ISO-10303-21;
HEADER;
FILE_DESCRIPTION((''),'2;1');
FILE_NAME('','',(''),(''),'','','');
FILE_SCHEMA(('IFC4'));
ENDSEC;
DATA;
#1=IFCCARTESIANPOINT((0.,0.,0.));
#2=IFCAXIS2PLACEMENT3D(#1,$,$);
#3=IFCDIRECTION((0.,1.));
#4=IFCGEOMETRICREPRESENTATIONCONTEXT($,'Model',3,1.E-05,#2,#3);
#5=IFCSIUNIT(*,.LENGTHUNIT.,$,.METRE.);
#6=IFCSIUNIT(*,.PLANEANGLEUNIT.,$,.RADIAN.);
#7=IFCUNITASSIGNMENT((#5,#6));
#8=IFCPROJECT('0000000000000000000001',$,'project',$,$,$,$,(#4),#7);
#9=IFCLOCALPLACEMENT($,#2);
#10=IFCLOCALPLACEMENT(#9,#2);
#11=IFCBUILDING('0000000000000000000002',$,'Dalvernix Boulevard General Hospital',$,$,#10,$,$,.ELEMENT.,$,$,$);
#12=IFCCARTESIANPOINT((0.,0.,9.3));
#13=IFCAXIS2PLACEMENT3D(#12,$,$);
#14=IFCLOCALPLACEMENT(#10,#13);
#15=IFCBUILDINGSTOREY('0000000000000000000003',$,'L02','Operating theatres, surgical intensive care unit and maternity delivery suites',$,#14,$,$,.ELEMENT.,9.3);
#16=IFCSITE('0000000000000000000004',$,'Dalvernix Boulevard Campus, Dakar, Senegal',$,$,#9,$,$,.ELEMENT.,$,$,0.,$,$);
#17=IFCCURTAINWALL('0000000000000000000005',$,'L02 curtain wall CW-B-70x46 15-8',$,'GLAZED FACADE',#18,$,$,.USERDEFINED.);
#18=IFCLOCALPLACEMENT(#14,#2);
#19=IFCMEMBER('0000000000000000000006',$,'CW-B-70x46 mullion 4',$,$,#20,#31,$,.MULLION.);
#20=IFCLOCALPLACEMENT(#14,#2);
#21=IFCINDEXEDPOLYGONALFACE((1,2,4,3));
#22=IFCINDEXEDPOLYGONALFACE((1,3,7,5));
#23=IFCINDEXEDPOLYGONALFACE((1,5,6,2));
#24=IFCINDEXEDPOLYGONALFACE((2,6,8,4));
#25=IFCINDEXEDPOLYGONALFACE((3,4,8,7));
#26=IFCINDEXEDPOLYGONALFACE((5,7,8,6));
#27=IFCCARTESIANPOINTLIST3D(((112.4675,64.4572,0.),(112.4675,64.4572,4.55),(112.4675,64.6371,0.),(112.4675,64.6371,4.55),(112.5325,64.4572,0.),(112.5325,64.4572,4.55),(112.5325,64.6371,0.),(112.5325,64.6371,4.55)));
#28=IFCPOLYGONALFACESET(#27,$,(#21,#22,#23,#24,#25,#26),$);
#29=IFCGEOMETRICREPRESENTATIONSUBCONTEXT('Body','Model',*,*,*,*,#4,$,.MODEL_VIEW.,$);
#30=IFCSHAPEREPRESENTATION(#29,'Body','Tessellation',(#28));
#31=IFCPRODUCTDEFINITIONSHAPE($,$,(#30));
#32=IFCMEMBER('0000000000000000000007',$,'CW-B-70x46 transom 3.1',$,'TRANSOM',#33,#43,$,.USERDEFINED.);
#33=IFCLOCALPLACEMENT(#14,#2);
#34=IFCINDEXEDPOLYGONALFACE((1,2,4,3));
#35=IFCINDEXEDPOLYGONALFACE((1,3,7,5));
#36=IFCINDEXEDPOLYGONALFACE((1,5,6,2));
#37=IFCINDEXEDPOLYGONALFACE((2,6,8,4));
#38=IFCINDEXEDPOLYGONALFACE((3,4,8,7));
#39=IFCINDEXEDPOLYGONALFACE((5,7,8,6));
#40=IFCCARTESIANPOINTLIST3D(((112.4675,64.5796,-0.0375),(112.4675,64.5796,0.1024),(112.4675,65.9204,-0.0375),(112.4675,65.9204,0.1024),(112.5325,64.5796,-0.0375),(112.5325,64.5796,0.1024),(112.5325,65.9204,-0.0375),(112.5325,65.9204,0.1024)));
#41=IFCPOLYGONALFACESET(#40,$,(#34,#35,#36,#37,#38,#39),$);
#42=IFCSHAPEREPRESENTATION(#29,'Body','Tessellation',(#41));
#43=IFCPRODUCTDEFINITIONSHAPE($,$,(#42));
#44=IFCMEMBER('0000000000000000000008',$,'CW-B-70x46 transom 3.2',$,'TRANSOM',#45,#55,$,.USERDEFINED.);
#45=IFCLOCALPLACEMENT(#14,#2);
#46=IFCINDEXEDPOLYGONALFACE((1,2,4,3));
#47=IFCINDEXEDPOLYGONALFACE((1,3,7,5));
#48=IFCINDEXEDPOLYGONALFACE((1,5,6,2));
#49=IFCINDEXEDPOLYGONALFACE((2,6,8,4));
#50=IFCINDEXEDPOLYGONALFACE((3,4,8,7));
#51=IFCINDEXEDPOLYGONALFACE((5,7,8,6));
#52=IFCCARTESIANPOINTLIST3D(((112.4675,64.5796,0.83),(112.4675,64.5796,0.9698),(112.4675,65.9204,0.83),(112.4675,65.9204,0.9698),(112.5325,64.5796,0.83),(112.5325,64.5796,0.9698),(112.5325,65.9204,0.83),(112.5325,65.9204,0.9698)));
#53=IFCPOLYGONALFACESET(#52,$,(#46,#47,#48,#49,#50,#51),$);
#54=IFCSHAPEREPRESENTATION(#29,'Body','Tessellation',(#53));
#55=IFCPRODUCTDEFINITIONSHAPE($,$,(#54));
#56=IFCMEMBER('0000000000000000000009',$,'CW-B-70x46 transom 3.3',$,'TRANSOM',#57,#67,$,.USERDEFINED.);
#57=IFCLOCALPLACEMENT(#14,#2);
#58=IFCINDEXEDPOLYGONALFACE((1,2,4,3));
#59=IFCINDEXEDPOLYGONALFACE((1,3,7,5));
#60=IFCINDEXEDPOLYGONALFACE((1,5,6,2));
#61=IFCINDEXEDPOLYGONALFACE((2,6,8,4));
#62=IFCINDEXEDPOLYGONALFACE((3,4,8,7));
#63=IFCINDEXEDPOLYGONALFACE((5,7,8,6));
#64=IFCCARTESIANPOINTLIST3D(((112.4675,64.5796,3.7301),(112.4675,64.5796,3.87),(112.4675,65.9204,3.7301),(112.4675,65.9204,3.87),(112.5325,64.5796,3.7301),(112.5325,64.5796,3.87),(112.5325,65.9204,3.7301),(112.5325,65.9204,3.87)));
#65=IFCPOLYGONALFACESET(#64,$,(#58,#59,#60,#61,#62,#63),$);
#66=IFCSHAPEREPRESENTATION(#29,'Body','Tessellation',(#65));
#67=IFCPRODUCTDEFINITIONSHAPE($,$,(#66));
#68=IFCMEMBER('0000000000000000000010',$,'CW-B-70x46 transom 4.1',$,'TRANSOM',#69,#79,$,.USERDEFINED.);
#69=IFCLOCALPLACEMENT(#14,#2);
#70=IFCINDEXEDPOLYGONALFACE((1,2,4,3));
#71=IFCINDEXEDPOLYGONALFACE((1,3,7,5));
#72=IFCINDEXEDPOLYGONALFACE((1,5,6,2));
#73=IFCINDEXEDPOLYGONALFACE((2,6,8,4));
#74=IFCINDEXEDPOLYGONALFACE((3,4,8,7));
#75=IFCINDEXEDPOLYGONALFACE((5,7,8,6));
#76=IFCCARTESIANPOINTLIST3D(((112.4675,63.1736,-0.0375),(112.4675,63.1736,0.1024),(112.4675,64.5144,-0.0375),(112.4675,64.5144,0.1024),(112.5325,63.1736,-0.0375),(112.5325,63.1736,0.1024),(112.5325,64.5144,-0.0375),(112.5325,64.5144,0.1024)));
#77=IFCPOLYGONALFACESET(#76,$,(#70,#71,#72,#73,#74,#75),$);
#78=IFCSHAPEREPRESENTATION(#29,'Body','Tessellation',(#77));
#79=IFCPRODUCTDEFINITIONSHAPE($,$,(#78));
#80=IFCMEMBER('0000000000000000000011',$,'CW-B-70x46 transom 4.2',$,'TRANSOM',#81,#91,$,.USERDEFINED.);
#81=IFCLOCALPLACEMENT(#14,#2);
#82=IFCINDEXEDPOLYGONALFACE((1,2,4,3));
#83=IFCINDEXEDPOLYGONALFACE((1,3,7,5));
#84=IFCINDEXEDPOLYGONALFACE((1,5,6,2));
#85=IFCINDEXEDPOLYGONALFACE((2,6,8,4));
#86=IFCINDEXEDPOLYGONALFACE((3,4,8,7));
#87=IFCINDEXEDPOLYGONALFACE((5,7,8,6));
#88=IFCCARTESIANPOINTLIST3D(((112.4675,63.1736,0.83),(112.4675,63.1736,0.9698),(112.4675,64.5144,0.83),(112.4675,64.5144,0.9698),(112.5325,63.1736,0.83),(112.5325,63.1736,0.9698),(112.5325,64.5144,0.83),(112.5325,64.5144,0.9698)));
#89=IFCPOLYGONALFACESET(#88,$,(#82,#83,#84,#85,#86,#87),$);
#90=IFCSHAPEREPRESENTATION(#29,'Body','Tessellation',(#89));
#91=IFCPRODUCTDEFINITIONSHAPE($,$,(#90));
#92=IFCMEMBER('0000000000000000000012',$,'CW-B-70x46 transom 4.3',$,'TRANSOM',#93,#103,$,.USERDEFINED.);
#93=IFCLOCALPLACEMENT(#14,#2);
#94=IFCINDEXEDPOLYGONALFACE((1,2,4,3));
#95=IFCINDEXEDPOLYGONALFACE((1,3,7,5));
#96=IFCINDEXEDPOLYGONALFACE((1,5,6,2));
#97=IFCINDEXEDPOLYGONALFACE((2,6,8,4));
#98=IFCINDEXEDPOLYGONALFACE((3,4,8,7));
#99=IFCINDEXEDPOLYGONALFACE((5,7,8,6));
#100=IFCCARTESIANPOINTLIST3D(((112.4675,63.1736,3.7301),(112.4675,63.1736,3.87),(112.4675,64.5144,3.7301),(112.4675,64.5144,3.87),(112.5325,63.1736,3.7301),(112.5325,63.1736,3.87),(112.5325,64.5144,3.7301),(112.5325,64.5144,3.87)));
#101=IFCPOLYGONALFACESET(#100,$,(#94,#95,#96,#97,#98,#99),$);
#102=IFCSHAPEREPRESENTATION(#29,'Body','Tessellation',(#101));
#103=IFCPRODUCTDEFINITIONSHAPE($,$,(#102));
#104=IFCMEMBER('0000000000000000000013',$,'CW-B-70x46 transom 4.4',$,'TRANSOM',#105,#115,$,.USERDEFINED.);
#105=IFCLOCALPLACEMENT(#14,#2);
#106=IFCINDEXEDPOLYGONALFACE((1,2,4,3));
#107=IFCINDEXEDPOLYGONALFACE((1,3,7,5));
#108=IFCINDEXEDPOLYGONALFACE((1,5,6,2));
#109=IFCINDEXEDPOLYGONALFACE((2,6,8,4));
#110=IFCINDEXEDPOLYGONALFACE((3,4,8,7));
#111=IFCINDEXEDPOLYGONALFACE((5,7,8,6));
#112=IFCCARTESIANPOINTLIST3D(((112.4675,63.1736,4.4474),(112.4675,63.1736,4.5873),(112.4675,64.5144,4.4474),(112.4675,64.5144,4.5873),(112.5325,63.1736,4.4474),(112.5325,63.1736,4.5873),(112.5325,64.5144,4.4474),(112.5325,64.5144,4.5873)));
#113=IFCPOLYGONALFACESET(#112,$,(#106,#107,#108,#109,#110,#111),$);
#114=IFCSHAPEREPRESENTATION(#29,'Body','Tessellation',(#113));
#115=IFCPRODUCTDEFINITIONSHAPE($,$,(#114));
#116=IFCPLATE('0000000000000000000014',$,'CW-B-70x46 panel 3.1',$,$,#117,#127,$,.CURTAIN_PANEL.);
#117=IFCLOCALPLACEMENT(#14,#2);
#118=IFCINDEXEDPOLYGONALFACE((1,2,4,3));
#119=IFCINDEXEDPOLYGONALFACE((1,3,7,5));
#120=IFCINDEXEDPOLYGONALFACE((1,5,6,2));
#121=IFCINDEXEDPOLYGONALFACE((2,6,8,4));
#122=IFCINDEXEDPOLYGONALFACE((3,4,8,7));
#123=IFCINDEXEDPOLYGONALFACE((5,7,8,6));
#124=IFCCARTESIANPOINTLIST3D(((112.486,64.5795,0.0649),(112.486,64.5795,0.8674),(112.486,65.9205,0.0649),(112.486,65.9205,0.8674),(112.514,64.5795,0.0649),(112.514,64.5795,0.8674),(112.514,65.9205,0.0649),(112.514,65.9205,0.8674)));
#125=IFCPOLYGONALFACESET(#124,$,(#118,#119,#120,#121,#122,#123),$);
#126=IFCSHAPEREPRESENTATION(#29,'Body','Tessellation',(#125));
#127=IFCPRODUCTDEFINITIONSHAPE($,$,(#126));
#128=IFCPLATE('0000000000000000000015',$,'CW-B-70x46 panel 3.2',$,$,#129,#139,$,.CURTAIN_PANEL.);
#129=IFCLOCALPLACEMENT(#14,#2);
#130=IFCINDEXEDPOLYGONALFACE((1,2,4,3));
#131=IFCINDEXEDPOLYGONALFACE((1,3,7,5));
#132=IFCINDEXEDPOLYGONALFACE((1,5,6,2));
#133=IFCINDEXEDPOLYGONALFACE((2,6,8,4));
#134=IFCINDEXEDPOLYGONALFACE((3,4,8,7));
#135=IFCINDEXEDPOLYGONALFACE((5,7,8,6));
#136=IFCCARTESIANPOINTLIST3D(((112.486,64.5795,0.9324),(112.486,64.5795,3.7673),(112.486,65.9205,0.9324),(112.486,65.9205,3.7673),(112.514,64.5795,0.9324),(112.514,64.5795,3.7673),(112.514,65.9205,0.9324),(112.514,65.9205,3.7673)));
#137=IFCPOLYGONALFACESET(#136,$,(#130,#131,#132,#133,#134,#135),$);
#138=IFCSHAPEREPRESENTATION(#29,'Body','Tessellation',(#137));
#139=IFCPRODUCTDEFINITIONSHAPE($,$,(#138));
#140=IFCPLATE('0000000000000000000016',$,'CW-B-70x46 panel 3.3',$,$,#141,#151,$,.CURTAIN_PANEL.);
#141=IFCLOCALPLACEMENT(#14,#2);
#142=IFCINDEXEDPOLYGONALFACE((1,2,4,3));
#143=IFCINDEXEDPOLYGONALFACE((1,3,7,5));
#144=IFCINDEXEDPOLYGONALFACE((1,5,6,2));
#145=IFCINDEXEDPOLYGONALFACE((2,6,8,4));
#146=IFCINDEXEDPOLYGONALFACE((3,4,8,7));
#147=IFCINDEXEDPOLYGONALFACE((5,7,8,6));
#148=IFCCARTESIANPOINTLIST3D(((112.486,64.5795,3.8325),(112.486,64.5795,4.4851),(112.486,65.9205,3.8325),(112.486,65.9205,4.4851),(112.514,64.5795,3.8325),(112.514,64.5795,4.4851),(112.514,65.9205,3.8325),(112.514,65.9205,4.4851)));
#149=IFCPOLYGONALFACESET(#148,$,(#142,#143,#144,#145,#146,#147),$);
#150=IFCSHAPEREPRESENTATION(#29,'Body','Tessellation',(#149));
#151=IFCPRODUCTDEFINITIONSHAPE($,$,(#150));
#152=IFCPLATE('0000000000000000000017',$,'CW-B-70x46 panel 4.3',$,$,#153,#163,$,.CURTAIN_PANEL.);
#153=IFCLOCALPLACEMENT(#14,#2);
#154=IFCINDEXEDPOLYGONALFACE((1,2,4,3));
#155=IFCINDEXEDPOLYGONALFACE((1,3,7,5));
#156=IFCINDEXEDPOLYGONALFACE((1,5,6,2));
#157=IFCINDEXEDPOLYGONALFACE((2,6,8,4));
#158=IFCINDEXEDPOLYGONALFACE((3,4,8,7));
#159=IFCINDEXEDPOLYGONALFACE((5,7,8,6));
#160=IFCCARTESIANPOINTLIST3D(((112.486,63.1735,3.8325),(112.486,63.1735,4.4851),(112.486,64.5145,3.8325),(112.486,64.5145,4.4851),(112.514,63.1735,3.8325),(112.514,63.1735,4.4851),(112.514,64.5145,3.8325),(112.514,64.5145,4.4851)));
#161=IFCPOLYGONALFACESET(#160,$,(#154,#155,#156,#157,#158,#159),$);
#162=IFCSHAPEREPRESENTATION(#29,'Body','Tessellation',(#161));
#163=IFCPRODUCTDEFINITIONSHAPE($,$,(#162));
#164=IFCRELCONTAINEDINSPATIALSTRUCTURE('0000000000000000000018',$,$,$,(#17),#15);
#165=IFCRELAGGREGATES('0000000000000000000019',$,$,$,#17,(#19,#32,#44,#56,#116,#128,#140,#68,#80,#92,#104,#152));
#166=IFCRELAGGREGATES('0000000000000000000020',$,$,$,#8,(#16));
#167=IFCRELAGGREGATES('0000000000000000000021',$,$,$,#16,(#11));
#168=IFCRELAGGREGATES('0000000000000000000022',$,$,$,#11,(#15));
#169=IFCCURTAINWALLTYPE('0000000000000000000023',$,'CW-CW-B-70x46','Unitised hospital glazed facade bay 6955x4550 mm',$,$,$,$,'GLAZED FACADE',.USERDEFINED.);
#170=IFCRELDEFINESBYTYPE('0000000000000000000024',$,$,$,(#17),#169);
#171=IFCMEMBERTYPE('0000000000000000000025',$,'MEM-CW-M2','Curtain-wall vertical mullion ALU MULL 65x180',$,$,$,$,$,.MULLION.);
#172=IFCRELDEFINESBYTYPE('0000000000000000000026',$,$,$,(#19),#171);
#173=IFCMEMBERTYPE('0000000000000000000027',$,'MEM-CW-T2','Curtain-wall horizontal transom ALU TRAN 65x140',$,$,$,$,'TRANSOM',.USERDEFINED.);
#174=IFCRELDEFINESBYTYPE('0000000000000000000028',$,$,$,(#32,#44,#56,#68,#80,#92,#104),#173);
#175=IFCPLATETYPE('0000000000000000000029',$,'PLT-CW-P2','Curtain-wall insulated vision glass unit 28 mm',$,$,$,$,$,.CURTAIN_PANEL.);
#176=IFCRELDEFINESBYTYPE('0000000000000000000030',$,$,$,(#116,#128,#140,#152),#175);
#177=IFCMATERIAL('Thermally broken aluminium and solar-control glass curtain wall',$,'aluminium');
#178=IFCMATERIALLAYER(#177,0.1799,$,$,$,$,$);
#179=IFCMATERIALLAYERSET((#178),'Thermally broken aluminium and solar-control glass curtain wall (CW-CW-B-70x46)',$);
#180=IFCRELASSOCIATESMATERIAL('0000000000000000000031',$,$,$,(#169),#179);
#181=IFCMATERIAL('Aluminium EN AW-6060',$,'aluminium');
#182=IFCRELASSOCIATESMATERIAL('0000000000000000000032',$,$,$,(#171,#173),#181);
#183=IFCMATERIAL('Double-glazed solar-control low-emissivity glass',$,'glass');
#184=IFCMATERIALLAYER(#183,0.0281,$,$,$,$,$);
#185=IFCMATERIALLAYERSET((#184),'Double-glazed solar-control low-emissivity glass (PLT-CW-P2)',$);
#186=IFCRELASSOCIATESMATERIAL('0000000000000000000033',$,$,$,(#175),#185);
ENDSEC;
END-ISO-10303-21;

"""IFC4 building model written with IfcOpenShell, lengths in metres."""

from ifc_helpers import new_model, si_unit, direction, frame, origin, origin_2d, place, context, subcontext, project, spatial, rectangle, extrude, material, layer, layer_set, material_profile, profile_set, type_object, element, aggregate, save


model = new_model("IFC4")

# Units and contexts
model_context = context("Model", 3, precision=1e-05, world=origin(), true_north=direction((0.0, 1.0)))
body_context = subcontext(model_context, "Body", "Model", "MODEL_VIEW")
ifc_project = project(units=[si_unit("LENGTHUNIT", "METRE"), si_unit("PLANEANGLEUNIT", "RADIAN")], contexts=[model_context])

# Site, building, storey
site_placement = place(None, origin())
site = spatial("IfcSite", under=ifc_project, at=site_placement, Name="Dalvernix Boulevard Campus, Dakar, Senegal", CompositionType="ELEMENT", RefElevation=0.0)
building_placement = place(site_placement, origin())
building = spatial("IfcBuilding", under=site, at=building_placement, Name="Dalvernix Boulevard General Hospital", CompositionType="ELEMENT")
storey_placement = place(building_placement, frame((0.0, 0.0, 9.3)))
storey = spatial("IfcBuildingStorey", under=building, at=storey_placement, Name="L02", Description="Operating theatres, surgical intensive care unit and maternity delivery suites", CompositionType="ELEMENT", Elevation=9.3)

# Curtain wall, members, plates
ifc_material_1 = material(Name="Thermally broken aluminium and solar-control glass curtain wall", Category="aluminium")
ifc_layer_1 = layer(ifc_material_1, 0.1799)
ifc_layer_set_1 = layer_set([ifc_layer_1], Name="Thermally broken aluminium and solar-control glass curtain wall (CW-CW-B-70x46)")
curtain_wall_type = type_object("IfcCurtainWallType", Name="CW-CW-B-70x46", Description="Unitised hospital glazed facade bay 6955x4550 mm", ElementType="GLAZED FACADE", PredefinedType="USERDEFINED", material=ifc_layer_set_1)
curtain_wall_placement = place(storey_placement, origin())
curtain_wall = element("IfcCurtainWall", 1, at=curtain_wall_placement, inside=storey, type_object=curtain_wall_type, Name="L02 curtain wall CW-B-70x46 15-8", ObjectType="GLAZED FACADE", PredefinedType="USERDEFINED")
ifc_material_2 = material(Name="Aluminium EN AW-6060", Category="aluminium")
ifc_material_profile_1 = material_profile(ifc_material_2, rectangle(XDim=0.0649, YDim=0.1799, at=origin_2d()), Name="ALU MULL 65x180")
ifc_profile_set_1 = profile_set([ifc_material_profile_1], Name="Aluminium EN AW-6060")
member_type_1 = type_object("IfcMemberType", Name="MEM-CW-M2", Description="Curtain-wall vertical mullion ALU MULL 65x180", PredefinedType="MULLION", material=ifc_profile_set_1)
member_1_placement = place(storey_placement, frame((112.5, 64.5471, 0.0), z_axis=(0.0, 0.0, 1.0), x_axis=(1.0, 0.0, 0.0)))
member_1 = element("IfcMember", 2, at=member_1_placement, type_object=member_type_1, Name="CW-B-70x46 mullion 4", PredefinedType="MULLION", context=body_context, shape_type="SweptSolid", body=[
    extrude(rectangle(XDim=0.0649, YDim=0.1799, at=origin_2d()), origin(), (0.0, 0.0, 1.0), 4.55),
])
ifc_material_profile_2 = material_profile(ifc_material_2, rectangle(XDim=0.0649, YDim=0.1399, at=origin_2d()), Name="ALU TRAN 65x140")
ifc_profile_set_2 = profile_set([ifc_material_profile_2], Name="Aluminium EN AW-6060")
member_type_2 = type_object("IfcMemberType", Name="MEM-CW-T2", Description="Curtain-wall horizontal transom ALU TRAN 65x140", ElementType="TRANSOM", PredefinedType="USERDEFINED", material=ifc_profile_set_2)
member_2_placement = place(storey_placement, frame((112.5, 65.9204, 0.0325), z_axis=(0.0, -1.0, 0.0), x_axis=(1.0, 0.0, 0.0)))
member_2 = element("IfcMember", 3, at=member_2_placement, type_object=member_type_2, Name="CW-B-70x46 transom 3.1", ObjectType="TRANSOM", PredefinedType="USERDEFINED", context=body_context, shape_type="SweptSolid", body=[
    extrude(rectangle(XDim=0.0649, YDim=0.1399, at=origin_2d()), origin(), (0.0, 0.0, 1.0), 1.3408),
])
member_3_placement = place(storey_placement, frame((112.5, 65.9204, 0.8999), z_axis=(0.0, -1.0, 0.0), x_axis=(1.0, 0.0, 0.0)))
member_3 = element("IfcMember", 4, at=member_3_placement, type_object=member_type_2, Name="CW-B-70x46 transom 3.2", ObjectType="TRANSOM", PredefinedType="USERDEFINED", context=body_context, shape_type="SweptSolid", body=[
    extrude(rectangle(XDim=0.0649, YDim=0.1399, at=origin_2d()), origin(), (0.0, 0.0, 1.0), 1.3408),
])
member_4_placement = place(storey_placement, frame((112.5, 65.9204, 3.8), z_axis=(0.0, -1.0, 0.0), x_axis=(1.0, 0.0, 0.0)))
member_4 = element("IfcMember", 5, at=member_4_placement, type_object=member_type_2, Name="CW-B-70x46 transom 3.3", ObjectType="TRANSOM", PredefinedType="USERDEFINED", context=body_context, shape_type="SweptSolid", body=[
    extrude(rectangle(XDim=0.0649, YDim=0.1399, at=origin_2d()), origin(), (0.0, 0.0, 1.0), 1.3408),
])
member_5_placement = place(storey_placement, frame((112.5, 64.5144, 0.0325), z_axis=(0.0, -1.0, 0.0), x_axis=(1.0, 0.0, 0.0)))
member_5 = element("IfcMember", 6, at=member_5_placement, type_object=member_type_2, Name="CW-B-70x46 transom 4.1", ObjectType="TRANSOM", PredefinedType="USERDEFINED", context=body_context, shape_type="SweptSolid", body=[
    extrude(rectangle(XDim=0.0649, YDim=0.1399, at=origin_2d()), origin(), (0.0, 0.0, 1.0), 1.3408),
])
member_6_placement = place(storey_placement, frame((112.5, 64.5144, 0.8999), z_axis=(0.0, -1.0, 0.0), x_axis=(1.0, 0.0, 0.0)))
member_6 = element("IfcMember", 7, at=member_6_placement, type_object=member_type_2, Name="CW-B-70x46 transom 4.2", ObjectType="TRANSOM", PredefinedType="USERDEFINED", context=body_context, shape_type="SweptSolid", body=[
    extrude(rectangle(XDim=0.0649, YDim=0.1399, at=origin_2d()), origin(), (0.0, 0.0, 1.0), 1.3408),
])
member_7_placement = place(storey_placement, frame((112.5, 64.5144, 3.8), z_axis=(0.0, -1.0, 0.0), x_axis=(1.0, 0.0, 0.0)))
member_7 = element("IfcMember", 8, at=member_7_placement, type_object=member_type_2, Name="CW-B-70x46 transom 4.3", ObjectType="TRANSOM", PredefinedType="USERDEFINED", context=body_context, shape_type="SweptSolid", body=[
    extrude(rectangle(XDim=0.0649, YDim=0.1399, at=origin_2d()), origin(), (0.0, 0.0, 1.0), 1.3408),
])
member_8_placement = place(storey_placement, frame((112.5, 64.5144, 4.5173), z_axis=(0.0, -1.0, 0.0), x_axis=(1.0, 0.0, 0.0)))
member_8 = element("IfcMember", 9, at=member_8_placement, type_object=member_type_2, Name="CW-B-70x46 transom 4.4", ObjectType="TRANSOM", PredefinedType="USERDEFINED", context=body_context, shape_type="SweptSolid", body=[
    extrude(rectangle(XDim=0.0649, YDim=0.1399, at=origin_2d()), origin(), (0.0, 0.0, 1.0), 1.3408),
])
ifc_material_3 = material(Name="Double-glazed solar-control low-emissivity glass", Category="glass")
ifc_layer_2 = layer(ifc_material_3, 0.0281)
ifc_layer_set_2 = layer_set([ifc_layer_2], Name="Double-glazed solar-control low-emissivity glass (PLT-CW-P2)")
plate_type = type_object("IfcPlateType", Name="PLT-CW-P2", Description="Curtain-wall insulated vision glass unit 28 mm", PredefinedType="CURTAIN_PANEL", material=ifc_layer_set_2)
plate_1_placement = place(storey_placement, frame((112.5, 65.25, 0.0649), z_axis=(0.0, 0.0, 1.0), x_axis=(0.0, -1.0, 0.0)))
plate_1 = element("IfcPlate", 10, at=plate_1_placement, type_object=plate_type, Name="CW-B-70x46 panel 3.1", PredefinedType="CURTAIN_PANEL", context=body_context, shape_type="SweptSolid", body=[
    extrude(rectangle(XDim=1.3411, YDim=0.0281, at=origin_2d()), origin(), (0.0, 0.0, 1.0), 0.8025),
])
plate_2_placement = place(storey_placement, frame((112.5, 65.25, 0.9324), z_axis=(0.0, 0.0, 1.0), x_axis=(0.0, -1.0, 0.0)))
plate_2 = element("IfcPlate", 11, at=plate_2_placement, type_object=plate_type, Name="CW-B-70x46 panel 3.2", PredefinedType="CURTAIN_PANEL", context=body_context, shape_type="SweptSolid", body=[
    extrude(rectangle(XDim=1.3411, YDim=0.0281, at=origin_2d()), origin(), (0.0, 0.0, 1.0), 2.835),
])
plate_3_placement = place(storey_placement, frame((112.5, 65.25, 3.8325), z_axis=(0.0, 0.0, 1.0), x_axis=(0.0, -1.0, 0.0)))
plate_3 = element("IfcPlate", 12, at=plate_3_placement, type_object=plate_type, Name="CW-B-70x46 panel 3.3", PredefinedType="CURTAIN_PANEL", context=body_context, shape_type="SweptSolid", body=[
    extrude(rectangle(XDim=1.3411, YDim=0.0281, at=origin_2d()), origin(), (0.0, 0.0, 1.0), 0.6526),
])
plate_4_placement = place(storey_placement, frame((112.5, 63.844, 3.8325), z_axis=(0.0, 0.0, 1.0), x_axis=(0.0, -1.0, 0.0)))
plate_4 = element("IfcPlate", 13, at=plate_4_placement, type_object=plate_type, Name="CW-B-70x46 panel 4.3", PredefinedType="CURTAIN_PANEL", context=body_context, shape_type="SweptSolid", body=[
    extrude(rectangle(XDim=1.3411, YDim=0.0281, at=origin_2d()), origin(), (0.0, 0.0, 1.0), 0.6526),
])
aggregate(curtain_wall, [member_1, member_2, member_3, member_4, plate_1, plate_2, plate_3, member_5, member_6, member_7, member_8, plate_4])

save(model, "model.ifc")
